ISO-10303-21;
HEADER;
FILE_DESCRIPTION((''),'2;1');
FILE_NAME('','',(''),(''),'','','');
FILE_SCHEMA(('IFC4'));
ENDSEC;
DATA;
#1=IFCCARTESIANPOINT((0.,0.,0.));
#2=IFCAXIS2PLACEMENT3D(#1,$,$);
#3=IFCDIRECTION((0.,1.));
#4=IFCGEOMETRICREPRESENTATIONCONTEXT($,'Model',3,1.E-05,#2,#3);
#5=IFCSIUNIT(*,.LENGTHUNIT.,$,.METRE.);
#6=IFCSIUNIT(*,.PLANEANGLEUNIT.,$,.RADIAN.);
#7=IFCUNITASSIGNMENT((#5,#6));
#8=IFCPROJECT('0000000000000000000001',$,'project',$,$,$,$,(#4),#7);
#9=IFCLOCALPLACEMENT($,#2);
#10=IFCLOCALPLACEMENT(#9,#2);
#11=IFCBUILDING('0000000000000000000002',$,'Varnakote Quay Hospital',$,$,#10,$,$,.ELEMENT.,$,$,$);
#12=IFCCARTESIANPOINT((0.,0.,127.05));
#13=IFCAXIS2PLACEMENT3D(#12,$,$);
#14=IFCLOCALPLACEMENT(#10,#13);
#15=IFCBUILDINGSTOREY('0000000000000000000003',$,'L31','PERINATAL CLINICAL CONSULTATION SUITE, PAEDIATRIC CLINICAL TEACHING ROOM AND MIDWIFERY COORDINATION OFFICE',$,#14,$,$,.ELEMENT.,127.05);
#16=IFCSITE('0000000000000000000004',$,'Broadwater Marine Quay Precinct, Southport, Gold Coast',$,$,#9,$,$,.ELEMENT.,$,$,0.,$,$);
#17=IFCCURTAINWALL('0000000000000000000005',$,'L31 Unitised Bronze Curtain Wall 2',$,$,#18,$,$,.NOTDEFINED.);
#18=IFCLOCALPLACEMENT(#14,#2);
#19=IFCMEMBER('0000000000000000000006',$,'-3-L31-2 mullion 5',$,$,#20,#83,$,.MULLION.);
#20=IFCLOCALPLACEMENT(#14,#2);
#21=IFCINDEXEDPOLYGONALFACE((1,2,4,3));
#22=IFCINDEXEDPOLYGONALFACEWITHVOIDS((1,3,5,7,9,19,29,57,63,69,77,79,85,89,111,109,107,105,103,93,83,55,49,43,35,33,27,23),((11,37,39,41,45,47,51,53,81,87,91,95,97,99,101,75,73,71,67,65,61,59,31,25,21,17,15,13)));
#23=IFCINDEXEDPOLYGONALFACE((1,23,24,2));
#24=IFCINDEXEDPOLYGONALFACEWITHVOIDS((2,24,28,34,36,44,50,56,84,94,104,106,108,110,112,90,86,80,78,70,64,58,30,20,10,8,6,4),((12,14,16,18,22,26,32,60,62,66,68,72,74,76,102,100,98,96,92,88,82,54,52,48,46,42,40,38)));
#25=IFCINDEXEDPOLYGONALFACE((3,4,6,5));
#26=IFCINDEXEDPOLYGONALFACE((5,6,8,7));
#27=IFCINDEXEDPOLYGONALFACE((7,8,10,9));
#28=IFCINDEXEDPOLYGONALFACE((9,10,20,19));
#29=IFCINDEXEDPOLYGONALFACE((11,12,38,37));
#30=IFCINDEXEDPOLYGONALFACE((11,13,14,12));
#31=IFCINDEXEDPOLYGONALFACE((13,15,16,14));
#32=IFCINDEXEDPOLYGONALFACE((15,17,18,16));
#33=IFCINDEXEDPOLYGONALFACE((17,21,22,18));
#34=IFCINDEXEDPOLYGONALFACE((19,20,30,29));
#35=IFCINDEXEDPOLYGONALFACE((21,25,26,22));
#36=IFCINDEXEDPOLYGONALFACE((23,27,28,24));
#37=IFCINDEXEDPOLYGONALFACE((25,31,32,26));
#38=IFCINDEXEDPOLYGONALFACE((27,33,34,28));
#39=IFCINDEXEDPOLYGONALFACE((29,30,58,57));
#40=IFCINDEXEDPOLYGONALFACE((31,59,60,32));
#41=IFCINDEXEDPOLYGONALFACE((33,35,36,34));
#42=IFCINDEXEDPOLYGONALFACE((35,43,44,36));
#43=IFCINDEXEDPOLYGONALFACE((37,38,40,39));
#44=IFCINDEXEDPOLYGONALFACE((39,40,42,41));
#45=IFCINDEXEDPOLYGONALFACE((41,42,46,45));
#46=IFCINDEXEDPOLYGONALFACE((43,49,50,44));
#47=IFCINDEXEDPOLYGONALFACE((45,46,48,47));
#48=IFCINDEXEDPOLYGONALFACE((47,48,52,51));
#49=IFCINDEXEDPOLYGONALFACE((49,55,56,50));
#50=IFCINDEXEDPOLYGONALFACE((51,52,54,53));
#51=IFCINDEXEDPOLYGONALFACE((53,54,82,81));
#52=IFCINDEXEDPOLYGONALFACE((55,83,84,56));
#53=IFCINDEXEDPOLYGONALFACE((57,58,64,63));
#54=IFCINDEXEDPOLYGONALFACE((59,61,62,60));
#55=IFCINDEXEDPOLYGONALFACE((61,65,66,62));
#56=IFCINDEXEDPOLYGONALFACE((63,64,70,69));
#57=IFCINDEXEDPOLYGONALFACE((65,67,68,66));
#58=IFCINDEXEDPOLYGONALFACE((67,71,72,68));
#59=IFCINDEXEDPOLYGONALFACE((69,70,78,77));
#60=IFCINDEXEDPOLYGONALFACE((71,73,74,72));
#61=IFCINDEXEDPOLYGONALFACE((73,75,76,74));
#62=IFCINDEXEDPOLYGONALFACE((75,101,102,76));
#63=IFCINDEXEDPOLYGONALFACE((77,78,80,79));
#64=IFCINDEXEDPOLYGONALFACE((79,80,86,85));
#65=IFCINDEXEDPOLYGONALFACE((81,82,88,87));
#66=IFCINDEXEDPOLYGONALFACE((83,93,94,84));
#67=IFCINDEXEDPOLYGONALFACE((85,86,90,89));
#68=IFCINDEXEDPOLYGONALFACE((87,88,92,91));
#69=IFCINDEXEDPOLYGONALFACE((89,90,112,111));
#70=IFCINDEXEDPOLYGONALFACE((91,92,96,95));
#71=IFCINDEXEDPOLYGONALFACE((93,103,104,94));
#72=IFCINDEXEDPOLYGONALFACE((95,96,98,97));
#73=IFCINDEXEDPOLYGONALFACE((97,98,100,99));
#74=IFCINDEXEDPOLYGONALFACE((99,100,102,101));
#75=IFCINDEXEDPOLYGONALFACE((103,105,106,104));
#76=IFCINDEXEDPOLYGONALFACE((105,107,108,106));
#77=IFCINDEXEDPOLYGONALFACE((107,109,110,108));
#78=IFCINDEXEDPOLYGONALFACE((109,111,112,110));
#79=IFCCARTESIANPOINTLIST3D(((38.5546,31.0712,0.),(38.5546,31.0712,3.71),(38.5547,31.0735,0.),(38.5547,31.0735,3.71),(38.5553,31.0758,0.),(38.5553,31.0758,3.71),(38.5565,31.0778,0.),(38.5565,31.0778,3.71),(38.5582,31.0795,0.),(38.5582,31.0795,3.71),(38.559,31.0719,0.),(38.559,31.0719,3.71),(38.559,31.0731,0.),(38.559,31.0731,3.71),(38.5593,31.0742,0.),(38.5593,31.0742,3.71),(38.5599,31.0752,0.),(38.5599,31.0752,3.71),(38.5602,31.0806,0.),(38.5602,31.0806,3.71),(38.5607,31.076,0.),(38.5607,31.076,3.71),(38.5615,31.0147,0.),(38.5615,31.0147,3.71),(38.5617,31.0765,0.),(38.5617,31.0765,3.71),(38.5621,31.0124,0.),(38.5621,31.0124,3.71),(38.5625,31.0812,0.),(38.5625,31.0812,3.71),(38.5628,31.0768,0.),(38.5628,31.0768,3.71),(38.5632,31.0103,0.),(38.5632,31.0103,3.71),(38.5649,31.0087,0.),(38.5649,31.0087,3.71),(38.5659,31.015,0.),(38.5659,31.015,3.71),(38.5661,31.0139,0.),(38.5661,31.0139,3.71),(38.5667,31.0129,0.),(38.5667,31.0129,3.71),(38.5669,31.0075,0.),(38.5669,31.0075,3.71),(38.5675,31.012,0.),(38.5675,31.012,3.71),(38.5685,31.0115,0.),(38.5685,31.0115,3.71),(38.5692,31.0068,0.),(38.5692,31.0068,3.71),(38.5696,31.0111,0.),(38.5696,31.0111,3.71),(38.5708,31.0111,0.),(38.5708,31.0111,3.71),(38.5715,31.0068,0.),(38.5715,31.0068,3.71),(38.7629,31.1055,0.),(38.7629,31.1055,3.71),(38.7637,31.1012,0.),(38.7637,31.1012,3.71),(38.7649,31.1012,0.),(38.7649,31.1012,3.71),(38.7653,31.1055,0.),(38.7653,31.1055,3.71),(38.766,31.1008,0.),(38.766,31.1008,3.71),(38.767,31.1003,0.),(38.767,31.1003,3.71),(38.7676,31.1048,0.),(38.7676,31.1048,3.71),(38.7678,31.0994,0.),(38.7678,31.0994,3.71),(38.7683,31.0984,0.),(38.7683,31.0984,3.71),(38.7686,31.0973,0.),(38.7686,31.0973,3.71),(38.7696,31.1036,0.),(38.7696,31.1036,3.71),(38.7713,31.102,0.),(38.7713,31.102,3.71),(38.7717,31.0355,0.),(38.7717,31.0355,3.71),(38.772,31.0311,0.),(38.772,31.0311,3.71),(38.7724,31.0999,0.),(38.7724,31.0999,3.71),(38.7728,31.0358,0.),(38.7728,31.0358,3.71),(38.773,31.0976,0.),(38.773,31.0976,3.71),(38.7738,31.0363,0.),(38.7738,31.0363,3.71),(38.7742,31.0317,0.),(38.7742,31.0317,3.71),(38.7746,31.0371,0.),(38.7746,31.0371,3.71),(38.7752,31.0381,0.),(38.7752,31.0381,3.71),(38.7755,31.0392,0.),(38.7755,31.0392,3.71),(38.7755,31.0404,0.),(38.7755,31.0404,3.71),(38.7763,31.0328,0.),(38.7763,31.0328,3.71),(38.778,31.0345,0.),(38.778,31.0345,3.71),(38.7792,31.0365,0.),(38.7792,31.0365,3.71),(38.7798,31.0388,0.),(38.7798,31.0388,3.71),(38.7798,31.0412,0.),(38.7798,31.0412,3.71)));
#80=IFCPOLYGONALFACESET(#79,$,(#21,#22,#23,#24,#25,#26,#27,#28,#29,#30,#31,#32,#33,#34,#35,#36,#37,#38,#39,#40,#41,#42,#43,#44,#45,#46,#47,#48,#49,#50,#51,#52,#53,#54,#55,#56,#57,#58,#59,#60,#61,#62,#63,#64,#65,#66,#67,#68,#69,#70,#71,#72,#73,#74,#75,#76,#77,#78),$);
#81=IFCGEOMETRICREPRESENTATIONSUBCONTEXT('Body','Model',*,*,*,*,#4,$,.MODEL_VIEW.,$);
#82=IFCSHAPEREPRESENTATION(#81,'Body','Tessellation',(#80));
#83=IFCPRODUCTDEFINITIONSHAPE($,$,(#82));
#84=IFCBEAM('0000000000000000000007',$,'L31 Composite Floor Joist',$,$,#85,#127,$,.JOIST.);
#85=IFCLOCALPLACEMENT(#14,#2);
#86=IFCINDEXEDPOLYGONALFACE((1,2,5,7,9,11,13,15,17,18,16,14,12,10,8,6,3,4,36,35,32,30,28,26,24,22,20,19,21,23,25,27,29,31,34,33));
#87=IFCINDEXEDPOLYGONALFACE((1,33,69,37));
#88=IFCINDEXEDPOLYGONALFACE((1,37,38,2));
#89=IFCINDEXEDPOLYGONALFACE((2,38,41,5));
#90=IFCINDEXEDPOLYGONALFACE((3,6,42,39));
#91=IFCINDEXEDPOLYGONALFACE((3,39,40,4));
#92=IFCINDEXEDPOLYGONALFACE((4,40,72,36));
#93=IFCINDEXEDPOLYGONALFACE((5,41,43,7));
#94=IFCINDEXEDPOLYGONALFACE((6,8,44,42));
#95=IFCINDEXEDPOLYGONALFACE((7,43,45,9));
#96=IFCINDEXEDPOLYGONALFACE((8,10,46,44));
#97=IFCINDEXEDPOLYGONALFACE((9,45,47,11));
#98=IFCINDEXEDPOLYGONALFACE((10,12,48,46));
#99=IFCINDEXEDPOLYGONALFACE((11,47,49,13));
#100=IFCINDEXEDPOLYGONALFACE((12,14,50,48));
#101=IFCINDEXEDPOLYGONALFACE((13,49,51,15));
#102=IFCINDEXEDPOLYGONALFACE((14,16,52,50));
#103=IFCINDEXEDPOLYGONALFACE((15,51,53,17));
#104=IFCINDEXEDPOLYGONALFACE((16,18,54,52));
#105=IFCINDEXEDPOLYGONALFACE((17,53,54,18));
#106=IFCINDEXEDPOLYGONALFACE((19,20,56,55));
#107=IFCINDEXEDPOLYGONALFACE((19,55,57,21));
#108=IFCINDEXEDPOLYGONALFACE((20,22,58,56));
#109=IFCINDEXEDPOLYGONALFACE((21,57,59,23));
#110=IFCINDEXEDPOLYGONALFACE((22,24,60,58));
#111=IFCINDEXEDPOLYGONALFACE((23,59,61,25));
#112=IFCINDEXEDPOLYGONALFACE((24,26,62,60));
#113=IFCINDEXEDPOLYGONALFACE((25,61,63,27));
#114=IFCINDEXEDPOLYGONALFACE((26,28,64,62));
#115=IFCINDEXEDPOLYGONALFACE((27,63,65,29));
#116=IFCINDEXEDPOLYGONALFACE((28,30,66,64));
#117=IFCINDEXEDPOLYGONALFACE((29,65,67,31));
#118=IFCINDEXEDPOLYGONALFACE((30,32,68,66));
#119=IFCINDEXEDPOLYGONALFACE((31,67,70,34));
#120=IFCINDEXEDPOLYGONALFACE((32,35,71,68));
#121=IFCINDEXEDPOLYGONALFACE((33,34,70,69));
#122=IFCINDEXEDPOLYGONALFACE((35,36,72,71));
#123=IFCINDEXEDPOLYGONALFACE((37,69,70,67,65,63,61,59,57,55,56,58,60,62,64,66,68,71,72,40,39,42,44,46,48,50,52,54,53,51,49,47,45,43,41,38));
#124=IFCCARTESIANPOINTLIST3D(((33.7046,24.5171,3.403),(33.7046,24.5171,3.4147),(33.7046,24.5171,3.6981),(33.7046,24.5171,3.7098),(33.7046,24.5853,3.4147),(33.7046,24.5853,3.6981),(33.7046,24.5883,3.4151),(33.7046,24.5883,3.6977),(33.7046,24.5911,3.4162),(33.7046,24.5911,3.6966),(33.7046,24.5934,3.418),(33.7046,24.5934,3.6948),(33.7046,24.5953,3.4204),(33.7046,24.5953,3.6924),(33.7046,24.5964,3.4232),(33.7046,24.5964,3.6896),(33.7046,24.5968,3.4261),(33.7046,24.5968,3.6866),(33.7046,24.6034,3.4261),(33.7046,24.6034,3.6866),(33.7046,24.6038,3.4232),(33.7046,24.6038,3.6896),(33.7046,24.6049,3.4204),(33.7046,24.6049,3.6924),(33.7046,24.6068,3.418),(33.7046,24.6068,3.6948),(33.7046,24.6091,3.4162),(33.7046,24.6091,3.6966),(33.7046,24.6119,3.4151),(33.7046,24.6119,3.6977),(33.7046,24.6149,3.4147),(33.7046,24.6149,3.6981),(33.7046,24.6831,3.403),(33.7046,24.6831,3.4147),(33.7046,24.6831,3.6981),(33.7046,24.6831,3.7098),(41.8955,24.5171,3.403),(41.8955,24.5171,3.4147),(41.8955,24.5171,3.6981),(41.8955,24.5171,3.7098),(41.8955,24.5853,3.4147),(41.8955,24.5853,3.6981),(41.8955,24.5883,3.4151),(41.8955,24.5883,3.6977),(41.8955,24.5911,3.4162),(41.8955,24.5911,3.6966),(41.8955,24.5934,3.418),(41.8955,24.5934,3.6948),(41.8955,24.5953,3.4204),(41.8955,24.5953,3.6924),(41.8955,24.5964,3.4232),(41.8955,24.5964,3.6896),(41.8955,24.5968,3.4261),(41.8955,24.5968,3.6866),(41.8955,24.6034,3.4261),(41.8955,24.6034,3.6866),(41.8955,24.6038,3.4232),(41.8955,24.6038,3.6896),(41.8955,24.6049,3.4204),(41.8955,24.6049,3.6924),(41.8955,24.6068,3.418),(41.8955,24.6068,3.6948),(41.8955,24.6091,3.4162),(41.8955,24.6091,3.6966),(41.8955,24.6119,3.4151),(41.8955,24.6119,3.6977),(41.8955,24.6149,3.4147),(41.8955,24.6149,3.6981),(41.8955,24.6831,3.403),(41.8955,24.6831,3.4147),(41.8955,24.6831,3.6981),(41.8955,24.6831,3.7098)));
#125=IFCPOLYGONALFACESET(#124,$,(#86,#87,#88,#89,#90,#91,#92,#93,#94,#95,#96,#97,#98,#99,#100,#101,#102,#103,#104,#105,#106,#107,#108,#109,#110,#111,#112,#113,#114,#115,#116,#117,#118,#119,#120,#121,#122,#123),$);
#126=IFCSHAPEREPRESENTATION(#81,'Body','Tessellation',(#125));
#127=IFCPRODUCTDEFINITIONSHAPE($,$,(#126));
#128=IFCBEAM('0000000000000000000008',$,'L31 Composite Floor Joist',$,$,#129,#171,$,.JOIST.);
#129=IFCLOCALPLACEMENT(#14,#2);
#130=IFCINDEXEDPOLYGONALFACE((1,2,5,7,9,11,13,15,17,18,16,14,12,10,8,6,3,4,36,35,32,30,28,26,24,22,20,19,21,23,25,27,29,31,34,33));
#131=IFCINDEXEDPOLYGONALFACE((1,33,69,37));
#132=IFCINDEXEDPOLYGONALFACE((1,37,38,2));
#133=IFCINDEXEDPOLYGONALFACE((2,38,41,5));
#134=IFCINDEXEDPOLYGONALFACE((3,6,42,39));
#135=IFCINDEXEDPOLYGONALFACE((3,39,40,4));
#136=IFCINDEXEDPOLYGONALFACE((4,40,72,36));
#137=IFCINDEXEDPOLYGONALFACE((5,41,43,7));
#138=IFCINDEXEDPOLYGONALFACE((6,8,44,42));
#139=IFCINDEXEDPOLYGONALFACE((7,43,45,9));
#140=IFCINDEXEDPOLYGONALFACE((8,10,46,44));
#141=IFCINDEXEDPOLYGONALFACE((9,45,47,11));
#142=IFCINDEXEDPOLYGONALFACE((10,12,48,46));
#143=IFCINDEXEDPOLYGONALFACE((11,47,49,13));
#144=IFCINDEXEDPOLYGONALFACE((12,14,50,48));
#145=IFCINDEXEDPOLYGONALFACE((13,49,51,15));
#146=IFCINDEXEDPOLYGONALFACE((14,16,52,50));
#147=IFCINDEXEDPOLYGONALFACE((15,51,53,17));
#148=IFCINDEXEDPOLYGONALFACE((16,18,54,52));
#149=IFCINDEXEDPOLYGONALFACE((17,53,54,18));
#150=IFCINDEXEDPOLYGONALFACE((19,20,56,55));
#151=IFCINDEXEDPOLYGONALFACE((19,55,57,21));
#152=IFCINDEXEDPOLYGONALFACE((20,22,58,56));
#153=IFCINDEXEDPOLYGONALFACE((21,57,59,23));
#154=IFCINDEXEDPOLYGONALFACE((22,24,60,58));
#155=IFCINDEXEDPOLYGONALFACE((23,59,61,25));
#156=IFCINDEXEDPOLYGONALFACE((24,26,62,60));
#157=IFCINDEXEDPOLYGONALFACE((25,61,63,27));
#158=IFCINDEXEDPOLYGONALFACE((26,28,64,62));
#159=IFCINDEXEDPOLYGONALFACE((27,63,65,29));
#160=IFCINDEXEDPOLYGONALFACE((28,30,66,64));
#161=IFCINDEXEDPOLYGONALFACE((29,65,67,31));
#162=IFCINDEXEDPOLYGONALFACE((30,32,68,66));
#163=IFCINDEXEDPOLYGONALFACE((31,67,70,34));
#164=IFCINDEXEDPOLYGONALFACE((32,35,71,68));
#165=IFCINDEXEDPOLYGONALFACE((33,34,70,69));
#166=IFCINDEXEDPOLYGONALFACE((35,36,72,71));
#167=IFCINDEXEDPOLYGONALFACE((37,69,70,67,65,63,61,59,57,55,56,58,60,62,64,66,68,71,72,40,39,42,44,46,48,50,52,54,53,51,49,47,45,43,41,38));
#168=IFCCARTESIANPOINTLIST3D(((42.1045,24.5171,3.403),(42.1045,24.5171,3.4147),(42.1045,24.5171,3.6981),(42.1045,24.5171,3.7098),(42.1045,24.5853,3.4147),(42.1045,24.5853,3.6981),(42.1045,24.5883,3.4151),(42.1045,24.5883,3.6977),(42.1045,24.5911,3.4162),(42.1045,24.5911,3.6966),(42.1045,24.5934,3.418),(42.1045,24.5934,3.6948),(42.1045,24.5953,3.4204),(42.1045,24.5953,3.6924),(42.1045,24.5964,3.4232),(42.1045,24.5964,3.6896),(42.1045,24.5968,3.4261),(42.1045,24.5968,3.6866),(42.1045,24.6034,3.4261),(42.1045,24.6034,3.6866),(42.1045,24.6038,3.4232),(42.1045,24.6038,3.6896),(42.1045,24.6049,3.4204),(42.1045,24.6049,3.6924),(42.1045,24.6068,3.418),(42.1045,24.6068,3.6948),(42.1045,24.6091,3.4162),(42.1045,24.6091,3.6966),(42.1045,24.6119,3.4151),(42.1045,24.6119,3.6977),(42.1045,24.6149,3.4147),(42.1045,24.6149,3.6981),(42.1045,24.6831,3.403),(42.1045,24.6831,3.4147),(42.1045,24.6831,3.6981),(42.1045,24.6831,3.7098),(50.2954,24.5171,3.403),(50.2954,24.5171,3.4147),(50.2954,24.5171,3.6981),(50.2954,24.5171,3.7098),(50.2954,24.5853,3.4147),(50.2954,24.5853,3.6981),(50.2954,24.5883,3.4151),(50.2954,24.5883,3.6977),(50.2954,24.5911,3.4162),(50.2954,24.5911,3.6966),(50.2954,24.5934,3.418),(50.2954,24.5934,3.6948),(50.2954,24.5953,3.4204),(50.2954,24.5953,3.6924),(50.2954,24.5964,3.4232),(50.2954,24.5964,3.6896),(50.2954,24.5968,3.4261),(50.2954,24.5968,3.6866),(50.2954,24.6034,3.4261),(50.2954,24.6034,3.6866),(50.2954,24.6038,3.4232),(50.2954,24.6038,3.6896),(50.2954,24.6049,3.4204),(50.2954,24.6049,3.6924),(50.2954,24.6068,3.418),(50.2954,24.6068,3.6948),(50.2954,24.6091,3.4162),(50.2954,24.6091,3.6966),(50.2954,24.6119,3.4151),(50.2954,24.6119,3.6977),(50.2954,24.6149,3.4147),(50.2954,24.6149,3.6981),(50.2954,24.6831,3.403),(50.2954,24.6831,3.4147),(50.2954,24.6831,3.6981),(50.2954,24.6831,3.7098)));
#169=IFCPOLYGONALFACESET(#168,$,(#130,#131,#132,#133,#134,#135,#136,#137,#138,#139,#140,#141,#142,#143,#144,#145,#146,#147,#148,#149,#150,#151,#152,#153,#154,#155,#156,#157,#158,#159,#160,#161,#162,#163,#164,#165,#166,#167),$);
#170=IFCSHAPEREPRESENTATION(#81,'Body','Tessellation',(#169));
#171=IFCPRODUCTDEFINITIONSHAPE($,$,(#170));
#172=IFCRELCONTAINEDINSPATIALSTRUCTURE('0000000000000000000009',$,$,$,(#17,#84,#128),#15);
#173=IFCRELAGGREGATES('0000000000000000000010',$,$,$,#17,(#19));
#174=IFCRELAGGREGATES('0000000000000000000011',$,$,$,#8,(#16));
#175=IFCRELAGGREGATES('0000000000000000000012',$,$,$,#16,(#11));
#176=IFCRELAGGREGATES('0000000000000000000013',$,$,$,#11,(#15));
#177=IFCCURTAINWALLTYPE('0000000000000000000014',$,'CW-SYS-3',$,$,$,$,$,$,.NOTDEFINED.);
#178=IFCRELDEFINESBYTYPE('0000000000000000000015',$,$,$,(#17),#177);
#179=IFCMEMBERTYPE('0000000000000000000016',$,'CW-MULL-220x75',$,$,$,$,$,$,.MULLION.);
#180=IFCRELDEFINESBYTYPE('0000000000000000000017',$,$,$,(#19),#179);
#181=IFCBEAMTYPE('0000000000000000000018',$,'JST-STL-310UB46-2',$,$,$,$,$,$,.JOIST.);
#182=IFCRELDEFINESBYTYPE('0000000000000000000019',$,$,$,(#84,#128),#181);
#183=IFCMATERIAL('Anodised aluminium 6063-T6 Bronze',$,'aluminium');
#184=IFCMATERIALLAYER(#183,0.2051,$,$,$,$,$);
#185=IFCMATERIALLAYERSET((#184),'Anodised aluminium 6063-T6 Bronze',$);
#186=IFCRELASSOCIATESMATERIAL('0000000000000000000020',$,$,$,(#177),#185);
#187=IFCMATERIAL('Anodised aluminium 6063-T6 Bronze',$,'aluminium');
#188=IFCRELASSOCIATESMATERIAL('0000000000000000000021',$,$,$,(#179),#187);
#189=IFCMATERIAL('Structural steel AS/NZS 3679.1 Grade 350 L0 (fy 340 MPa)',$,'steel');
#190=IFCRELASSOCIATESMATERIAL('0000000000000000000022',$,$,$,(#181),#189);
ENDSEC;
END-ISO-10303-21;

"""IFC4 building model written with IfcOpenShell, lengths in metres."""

from ifc_helpers import new_model, si_unit, direction, frame, origin, origin_2d, place, context, subcontext, project, spatial, hollow_rectangle, i_section, extrude, material, layer, layer_set, material_profile, profile_set, type_object, element, aggregate, save


model = new_model("IFC4")

# Units and contexts
model_context = context("Model", 3, precision=1e-05, world=origin(), true_north=direction((0.0, 1.0)))
body_context = subcontext(model_context, "Body", "Model", "MODEL_VIEW")
ifc_project = project(units=[si_unit("LENGTHUNIT", "METRE"), si_unit("PLANEANGLEUNIT", "RADIAN")], contexts=[model_context])

# Site, building, storey
site_placement = place(None, origin())
site = spatial("IfcSite", under=ifc_project, at=site_placement, Name="Broadwater Marine Quay Precinct, Southport, Gold Coast", CompositionType="ELEMENT", RefElevation=0.0)
building_placement = place(site_placement, origin())
building = spatial("IfcBuilding", under=site, at=building_placement, Name="Varnakote Quay Hospital", CompositionType="ELEMENT")
storey_placement = place(building_placement, frame((0.0, 0.0, 127.05)))
storey = spatial("IfcBuildingStorey", under=building, at=storey_placement, Name="L31", Description="PERINATAL CLINICAL CONSULTATION SUITE, PAEDIATRIC CLINICAL TEACHING ROOM AND MIDWIFERY COORDINATION OFFICE", CompositionType="ELEMENT", Elevation=127.05)

# Curtain wall, member
ifc_material_1 = material(Name="Anodised aluminium 6063-T6 Bronze", Category="aluminium")
ifc_layer_1 = layer(ifc_material_1, 0.2051)
ifc_layer_set_1 = layer_set([ifc_layer_1], Name="Anodised aluminium 6063-T6 Bronze")
curtain_wall_type = type_object("IfcCurtainWallType", Name="CW-SYS-3", PredefinedType="NOTDEFINED", material=ifc_layer_set_1)
curtain_wall_placement = place(storey_placement, origin())
curtain_wall = element("IfcCurtainWall", 1, at=curtain_wall_placement, inside=storey, type_object=curtain_wall_type, Name="L31 Unitised Bronze Curtain Wall 2", PredefinedType="NOTDEFINED")
ifc_material_2 = material(Name="Anodised aluminium 6063-T6 Bronze", Category="aluminium")
ifc_material_profile_1 = material_profile(ifc_material_2, hollow_rectangle(XDim=0.075, YDim=0.22, WallThickness=0.0044, InnerFilletRadius=0.0044, OuterFilletRadius=0.009, at=origin_2d()), Name="CW-MULL-220x75")
ifc_profile_set_1 = profile_set([ifc_material_profile_1], Name="Anodised aluminium 6063-T6 Bronze")
member_type = type_object("IfcMemberType", Name="CW-MULL-220x75", PredefinedType="MULLION", material=ifc_profile_set_1)
member_placement = place(storey_placement, frame((38.6672, 31.0562, 0.0), z_axis=(0.0, 0.0, 1.0), x_axis=(0.120327, -0.992734, 0.0)))
member = element("IfcMember", 2, at=member_placement, type_object=member_type, Name="-3-L31-2 mullion 5", PredefinedType="MULLION", context=body_context, shape_type="SweptSolid", body=[
    extrude(hollow_rectangle(XDim=0.075, YDim=0.22, WallThickness=0.0044, InnerFilletRadius=0.0044, OuterFilletRadius=0.009, at=origin_2d()), origin(), (0.0, 0.0, 1.0), 3.71),
])

# Beams
ifc_material_3 = material(Name="Structural steel AS/NZS 3679.1 Grade 350 L0 (fy 340 MPa)", Category="steel")
ifc_material_profile_2 = material_profile(ifc_material_3, i_section(OverallWidth=0.166, OverallDepth=0.3069, WebThickness=0.0066, FlangeThickness=0.0117, FilletRadius=0.0115, at=origin_2d()), Name="310UB46.2")
ifc_profile_set_2 = profile_set([ifc_material_profile_2], Name="Structural steel AS/NZS 3679.1 Grade 350 L0 (fy 340 MPa)")
beam_type_1 = type_object("IfcBeamType", Name="JST-STL-310UB46-2", PredefinedType="JOIST", material=ifc_profile_set_2)
for number, where, z_axis, x_axis, name in (
    (3, (33.7046, 24.6001, 3.5564), (1.0, 0.0, 0.0), (0.0, 1.0, 0.0), "L31 Composite Floor Joist"),
    (4, (42.1045, 24.6001, 3.5564), (1.0, 0.0, 0.0), (0.0, 1.0, 0.0), "L31 Composite Floor Joist"),
):
    element("IfcBeam", number, at=place(storey_placement, frame(where, z_axis=z_axis, x_axis=x_axis)), inside=storey, type_object=beam_type_1, Name=name, PredefinedType="JOIST", context=body_context, shape_type="SweptSolid", body=[
        extrude(i_section(OverallWidth=0.166, OverallDepth=0.3069, WebThickness=0.0066, FlangeThickness=0.0117, FilletRadius=0.0115, at=origin_2d()), origin(), (0.0, 0.0, 1.0), 8.1909),
    ])

aggregate(curtain_wall, [member])

save(model, "model.ifc")
